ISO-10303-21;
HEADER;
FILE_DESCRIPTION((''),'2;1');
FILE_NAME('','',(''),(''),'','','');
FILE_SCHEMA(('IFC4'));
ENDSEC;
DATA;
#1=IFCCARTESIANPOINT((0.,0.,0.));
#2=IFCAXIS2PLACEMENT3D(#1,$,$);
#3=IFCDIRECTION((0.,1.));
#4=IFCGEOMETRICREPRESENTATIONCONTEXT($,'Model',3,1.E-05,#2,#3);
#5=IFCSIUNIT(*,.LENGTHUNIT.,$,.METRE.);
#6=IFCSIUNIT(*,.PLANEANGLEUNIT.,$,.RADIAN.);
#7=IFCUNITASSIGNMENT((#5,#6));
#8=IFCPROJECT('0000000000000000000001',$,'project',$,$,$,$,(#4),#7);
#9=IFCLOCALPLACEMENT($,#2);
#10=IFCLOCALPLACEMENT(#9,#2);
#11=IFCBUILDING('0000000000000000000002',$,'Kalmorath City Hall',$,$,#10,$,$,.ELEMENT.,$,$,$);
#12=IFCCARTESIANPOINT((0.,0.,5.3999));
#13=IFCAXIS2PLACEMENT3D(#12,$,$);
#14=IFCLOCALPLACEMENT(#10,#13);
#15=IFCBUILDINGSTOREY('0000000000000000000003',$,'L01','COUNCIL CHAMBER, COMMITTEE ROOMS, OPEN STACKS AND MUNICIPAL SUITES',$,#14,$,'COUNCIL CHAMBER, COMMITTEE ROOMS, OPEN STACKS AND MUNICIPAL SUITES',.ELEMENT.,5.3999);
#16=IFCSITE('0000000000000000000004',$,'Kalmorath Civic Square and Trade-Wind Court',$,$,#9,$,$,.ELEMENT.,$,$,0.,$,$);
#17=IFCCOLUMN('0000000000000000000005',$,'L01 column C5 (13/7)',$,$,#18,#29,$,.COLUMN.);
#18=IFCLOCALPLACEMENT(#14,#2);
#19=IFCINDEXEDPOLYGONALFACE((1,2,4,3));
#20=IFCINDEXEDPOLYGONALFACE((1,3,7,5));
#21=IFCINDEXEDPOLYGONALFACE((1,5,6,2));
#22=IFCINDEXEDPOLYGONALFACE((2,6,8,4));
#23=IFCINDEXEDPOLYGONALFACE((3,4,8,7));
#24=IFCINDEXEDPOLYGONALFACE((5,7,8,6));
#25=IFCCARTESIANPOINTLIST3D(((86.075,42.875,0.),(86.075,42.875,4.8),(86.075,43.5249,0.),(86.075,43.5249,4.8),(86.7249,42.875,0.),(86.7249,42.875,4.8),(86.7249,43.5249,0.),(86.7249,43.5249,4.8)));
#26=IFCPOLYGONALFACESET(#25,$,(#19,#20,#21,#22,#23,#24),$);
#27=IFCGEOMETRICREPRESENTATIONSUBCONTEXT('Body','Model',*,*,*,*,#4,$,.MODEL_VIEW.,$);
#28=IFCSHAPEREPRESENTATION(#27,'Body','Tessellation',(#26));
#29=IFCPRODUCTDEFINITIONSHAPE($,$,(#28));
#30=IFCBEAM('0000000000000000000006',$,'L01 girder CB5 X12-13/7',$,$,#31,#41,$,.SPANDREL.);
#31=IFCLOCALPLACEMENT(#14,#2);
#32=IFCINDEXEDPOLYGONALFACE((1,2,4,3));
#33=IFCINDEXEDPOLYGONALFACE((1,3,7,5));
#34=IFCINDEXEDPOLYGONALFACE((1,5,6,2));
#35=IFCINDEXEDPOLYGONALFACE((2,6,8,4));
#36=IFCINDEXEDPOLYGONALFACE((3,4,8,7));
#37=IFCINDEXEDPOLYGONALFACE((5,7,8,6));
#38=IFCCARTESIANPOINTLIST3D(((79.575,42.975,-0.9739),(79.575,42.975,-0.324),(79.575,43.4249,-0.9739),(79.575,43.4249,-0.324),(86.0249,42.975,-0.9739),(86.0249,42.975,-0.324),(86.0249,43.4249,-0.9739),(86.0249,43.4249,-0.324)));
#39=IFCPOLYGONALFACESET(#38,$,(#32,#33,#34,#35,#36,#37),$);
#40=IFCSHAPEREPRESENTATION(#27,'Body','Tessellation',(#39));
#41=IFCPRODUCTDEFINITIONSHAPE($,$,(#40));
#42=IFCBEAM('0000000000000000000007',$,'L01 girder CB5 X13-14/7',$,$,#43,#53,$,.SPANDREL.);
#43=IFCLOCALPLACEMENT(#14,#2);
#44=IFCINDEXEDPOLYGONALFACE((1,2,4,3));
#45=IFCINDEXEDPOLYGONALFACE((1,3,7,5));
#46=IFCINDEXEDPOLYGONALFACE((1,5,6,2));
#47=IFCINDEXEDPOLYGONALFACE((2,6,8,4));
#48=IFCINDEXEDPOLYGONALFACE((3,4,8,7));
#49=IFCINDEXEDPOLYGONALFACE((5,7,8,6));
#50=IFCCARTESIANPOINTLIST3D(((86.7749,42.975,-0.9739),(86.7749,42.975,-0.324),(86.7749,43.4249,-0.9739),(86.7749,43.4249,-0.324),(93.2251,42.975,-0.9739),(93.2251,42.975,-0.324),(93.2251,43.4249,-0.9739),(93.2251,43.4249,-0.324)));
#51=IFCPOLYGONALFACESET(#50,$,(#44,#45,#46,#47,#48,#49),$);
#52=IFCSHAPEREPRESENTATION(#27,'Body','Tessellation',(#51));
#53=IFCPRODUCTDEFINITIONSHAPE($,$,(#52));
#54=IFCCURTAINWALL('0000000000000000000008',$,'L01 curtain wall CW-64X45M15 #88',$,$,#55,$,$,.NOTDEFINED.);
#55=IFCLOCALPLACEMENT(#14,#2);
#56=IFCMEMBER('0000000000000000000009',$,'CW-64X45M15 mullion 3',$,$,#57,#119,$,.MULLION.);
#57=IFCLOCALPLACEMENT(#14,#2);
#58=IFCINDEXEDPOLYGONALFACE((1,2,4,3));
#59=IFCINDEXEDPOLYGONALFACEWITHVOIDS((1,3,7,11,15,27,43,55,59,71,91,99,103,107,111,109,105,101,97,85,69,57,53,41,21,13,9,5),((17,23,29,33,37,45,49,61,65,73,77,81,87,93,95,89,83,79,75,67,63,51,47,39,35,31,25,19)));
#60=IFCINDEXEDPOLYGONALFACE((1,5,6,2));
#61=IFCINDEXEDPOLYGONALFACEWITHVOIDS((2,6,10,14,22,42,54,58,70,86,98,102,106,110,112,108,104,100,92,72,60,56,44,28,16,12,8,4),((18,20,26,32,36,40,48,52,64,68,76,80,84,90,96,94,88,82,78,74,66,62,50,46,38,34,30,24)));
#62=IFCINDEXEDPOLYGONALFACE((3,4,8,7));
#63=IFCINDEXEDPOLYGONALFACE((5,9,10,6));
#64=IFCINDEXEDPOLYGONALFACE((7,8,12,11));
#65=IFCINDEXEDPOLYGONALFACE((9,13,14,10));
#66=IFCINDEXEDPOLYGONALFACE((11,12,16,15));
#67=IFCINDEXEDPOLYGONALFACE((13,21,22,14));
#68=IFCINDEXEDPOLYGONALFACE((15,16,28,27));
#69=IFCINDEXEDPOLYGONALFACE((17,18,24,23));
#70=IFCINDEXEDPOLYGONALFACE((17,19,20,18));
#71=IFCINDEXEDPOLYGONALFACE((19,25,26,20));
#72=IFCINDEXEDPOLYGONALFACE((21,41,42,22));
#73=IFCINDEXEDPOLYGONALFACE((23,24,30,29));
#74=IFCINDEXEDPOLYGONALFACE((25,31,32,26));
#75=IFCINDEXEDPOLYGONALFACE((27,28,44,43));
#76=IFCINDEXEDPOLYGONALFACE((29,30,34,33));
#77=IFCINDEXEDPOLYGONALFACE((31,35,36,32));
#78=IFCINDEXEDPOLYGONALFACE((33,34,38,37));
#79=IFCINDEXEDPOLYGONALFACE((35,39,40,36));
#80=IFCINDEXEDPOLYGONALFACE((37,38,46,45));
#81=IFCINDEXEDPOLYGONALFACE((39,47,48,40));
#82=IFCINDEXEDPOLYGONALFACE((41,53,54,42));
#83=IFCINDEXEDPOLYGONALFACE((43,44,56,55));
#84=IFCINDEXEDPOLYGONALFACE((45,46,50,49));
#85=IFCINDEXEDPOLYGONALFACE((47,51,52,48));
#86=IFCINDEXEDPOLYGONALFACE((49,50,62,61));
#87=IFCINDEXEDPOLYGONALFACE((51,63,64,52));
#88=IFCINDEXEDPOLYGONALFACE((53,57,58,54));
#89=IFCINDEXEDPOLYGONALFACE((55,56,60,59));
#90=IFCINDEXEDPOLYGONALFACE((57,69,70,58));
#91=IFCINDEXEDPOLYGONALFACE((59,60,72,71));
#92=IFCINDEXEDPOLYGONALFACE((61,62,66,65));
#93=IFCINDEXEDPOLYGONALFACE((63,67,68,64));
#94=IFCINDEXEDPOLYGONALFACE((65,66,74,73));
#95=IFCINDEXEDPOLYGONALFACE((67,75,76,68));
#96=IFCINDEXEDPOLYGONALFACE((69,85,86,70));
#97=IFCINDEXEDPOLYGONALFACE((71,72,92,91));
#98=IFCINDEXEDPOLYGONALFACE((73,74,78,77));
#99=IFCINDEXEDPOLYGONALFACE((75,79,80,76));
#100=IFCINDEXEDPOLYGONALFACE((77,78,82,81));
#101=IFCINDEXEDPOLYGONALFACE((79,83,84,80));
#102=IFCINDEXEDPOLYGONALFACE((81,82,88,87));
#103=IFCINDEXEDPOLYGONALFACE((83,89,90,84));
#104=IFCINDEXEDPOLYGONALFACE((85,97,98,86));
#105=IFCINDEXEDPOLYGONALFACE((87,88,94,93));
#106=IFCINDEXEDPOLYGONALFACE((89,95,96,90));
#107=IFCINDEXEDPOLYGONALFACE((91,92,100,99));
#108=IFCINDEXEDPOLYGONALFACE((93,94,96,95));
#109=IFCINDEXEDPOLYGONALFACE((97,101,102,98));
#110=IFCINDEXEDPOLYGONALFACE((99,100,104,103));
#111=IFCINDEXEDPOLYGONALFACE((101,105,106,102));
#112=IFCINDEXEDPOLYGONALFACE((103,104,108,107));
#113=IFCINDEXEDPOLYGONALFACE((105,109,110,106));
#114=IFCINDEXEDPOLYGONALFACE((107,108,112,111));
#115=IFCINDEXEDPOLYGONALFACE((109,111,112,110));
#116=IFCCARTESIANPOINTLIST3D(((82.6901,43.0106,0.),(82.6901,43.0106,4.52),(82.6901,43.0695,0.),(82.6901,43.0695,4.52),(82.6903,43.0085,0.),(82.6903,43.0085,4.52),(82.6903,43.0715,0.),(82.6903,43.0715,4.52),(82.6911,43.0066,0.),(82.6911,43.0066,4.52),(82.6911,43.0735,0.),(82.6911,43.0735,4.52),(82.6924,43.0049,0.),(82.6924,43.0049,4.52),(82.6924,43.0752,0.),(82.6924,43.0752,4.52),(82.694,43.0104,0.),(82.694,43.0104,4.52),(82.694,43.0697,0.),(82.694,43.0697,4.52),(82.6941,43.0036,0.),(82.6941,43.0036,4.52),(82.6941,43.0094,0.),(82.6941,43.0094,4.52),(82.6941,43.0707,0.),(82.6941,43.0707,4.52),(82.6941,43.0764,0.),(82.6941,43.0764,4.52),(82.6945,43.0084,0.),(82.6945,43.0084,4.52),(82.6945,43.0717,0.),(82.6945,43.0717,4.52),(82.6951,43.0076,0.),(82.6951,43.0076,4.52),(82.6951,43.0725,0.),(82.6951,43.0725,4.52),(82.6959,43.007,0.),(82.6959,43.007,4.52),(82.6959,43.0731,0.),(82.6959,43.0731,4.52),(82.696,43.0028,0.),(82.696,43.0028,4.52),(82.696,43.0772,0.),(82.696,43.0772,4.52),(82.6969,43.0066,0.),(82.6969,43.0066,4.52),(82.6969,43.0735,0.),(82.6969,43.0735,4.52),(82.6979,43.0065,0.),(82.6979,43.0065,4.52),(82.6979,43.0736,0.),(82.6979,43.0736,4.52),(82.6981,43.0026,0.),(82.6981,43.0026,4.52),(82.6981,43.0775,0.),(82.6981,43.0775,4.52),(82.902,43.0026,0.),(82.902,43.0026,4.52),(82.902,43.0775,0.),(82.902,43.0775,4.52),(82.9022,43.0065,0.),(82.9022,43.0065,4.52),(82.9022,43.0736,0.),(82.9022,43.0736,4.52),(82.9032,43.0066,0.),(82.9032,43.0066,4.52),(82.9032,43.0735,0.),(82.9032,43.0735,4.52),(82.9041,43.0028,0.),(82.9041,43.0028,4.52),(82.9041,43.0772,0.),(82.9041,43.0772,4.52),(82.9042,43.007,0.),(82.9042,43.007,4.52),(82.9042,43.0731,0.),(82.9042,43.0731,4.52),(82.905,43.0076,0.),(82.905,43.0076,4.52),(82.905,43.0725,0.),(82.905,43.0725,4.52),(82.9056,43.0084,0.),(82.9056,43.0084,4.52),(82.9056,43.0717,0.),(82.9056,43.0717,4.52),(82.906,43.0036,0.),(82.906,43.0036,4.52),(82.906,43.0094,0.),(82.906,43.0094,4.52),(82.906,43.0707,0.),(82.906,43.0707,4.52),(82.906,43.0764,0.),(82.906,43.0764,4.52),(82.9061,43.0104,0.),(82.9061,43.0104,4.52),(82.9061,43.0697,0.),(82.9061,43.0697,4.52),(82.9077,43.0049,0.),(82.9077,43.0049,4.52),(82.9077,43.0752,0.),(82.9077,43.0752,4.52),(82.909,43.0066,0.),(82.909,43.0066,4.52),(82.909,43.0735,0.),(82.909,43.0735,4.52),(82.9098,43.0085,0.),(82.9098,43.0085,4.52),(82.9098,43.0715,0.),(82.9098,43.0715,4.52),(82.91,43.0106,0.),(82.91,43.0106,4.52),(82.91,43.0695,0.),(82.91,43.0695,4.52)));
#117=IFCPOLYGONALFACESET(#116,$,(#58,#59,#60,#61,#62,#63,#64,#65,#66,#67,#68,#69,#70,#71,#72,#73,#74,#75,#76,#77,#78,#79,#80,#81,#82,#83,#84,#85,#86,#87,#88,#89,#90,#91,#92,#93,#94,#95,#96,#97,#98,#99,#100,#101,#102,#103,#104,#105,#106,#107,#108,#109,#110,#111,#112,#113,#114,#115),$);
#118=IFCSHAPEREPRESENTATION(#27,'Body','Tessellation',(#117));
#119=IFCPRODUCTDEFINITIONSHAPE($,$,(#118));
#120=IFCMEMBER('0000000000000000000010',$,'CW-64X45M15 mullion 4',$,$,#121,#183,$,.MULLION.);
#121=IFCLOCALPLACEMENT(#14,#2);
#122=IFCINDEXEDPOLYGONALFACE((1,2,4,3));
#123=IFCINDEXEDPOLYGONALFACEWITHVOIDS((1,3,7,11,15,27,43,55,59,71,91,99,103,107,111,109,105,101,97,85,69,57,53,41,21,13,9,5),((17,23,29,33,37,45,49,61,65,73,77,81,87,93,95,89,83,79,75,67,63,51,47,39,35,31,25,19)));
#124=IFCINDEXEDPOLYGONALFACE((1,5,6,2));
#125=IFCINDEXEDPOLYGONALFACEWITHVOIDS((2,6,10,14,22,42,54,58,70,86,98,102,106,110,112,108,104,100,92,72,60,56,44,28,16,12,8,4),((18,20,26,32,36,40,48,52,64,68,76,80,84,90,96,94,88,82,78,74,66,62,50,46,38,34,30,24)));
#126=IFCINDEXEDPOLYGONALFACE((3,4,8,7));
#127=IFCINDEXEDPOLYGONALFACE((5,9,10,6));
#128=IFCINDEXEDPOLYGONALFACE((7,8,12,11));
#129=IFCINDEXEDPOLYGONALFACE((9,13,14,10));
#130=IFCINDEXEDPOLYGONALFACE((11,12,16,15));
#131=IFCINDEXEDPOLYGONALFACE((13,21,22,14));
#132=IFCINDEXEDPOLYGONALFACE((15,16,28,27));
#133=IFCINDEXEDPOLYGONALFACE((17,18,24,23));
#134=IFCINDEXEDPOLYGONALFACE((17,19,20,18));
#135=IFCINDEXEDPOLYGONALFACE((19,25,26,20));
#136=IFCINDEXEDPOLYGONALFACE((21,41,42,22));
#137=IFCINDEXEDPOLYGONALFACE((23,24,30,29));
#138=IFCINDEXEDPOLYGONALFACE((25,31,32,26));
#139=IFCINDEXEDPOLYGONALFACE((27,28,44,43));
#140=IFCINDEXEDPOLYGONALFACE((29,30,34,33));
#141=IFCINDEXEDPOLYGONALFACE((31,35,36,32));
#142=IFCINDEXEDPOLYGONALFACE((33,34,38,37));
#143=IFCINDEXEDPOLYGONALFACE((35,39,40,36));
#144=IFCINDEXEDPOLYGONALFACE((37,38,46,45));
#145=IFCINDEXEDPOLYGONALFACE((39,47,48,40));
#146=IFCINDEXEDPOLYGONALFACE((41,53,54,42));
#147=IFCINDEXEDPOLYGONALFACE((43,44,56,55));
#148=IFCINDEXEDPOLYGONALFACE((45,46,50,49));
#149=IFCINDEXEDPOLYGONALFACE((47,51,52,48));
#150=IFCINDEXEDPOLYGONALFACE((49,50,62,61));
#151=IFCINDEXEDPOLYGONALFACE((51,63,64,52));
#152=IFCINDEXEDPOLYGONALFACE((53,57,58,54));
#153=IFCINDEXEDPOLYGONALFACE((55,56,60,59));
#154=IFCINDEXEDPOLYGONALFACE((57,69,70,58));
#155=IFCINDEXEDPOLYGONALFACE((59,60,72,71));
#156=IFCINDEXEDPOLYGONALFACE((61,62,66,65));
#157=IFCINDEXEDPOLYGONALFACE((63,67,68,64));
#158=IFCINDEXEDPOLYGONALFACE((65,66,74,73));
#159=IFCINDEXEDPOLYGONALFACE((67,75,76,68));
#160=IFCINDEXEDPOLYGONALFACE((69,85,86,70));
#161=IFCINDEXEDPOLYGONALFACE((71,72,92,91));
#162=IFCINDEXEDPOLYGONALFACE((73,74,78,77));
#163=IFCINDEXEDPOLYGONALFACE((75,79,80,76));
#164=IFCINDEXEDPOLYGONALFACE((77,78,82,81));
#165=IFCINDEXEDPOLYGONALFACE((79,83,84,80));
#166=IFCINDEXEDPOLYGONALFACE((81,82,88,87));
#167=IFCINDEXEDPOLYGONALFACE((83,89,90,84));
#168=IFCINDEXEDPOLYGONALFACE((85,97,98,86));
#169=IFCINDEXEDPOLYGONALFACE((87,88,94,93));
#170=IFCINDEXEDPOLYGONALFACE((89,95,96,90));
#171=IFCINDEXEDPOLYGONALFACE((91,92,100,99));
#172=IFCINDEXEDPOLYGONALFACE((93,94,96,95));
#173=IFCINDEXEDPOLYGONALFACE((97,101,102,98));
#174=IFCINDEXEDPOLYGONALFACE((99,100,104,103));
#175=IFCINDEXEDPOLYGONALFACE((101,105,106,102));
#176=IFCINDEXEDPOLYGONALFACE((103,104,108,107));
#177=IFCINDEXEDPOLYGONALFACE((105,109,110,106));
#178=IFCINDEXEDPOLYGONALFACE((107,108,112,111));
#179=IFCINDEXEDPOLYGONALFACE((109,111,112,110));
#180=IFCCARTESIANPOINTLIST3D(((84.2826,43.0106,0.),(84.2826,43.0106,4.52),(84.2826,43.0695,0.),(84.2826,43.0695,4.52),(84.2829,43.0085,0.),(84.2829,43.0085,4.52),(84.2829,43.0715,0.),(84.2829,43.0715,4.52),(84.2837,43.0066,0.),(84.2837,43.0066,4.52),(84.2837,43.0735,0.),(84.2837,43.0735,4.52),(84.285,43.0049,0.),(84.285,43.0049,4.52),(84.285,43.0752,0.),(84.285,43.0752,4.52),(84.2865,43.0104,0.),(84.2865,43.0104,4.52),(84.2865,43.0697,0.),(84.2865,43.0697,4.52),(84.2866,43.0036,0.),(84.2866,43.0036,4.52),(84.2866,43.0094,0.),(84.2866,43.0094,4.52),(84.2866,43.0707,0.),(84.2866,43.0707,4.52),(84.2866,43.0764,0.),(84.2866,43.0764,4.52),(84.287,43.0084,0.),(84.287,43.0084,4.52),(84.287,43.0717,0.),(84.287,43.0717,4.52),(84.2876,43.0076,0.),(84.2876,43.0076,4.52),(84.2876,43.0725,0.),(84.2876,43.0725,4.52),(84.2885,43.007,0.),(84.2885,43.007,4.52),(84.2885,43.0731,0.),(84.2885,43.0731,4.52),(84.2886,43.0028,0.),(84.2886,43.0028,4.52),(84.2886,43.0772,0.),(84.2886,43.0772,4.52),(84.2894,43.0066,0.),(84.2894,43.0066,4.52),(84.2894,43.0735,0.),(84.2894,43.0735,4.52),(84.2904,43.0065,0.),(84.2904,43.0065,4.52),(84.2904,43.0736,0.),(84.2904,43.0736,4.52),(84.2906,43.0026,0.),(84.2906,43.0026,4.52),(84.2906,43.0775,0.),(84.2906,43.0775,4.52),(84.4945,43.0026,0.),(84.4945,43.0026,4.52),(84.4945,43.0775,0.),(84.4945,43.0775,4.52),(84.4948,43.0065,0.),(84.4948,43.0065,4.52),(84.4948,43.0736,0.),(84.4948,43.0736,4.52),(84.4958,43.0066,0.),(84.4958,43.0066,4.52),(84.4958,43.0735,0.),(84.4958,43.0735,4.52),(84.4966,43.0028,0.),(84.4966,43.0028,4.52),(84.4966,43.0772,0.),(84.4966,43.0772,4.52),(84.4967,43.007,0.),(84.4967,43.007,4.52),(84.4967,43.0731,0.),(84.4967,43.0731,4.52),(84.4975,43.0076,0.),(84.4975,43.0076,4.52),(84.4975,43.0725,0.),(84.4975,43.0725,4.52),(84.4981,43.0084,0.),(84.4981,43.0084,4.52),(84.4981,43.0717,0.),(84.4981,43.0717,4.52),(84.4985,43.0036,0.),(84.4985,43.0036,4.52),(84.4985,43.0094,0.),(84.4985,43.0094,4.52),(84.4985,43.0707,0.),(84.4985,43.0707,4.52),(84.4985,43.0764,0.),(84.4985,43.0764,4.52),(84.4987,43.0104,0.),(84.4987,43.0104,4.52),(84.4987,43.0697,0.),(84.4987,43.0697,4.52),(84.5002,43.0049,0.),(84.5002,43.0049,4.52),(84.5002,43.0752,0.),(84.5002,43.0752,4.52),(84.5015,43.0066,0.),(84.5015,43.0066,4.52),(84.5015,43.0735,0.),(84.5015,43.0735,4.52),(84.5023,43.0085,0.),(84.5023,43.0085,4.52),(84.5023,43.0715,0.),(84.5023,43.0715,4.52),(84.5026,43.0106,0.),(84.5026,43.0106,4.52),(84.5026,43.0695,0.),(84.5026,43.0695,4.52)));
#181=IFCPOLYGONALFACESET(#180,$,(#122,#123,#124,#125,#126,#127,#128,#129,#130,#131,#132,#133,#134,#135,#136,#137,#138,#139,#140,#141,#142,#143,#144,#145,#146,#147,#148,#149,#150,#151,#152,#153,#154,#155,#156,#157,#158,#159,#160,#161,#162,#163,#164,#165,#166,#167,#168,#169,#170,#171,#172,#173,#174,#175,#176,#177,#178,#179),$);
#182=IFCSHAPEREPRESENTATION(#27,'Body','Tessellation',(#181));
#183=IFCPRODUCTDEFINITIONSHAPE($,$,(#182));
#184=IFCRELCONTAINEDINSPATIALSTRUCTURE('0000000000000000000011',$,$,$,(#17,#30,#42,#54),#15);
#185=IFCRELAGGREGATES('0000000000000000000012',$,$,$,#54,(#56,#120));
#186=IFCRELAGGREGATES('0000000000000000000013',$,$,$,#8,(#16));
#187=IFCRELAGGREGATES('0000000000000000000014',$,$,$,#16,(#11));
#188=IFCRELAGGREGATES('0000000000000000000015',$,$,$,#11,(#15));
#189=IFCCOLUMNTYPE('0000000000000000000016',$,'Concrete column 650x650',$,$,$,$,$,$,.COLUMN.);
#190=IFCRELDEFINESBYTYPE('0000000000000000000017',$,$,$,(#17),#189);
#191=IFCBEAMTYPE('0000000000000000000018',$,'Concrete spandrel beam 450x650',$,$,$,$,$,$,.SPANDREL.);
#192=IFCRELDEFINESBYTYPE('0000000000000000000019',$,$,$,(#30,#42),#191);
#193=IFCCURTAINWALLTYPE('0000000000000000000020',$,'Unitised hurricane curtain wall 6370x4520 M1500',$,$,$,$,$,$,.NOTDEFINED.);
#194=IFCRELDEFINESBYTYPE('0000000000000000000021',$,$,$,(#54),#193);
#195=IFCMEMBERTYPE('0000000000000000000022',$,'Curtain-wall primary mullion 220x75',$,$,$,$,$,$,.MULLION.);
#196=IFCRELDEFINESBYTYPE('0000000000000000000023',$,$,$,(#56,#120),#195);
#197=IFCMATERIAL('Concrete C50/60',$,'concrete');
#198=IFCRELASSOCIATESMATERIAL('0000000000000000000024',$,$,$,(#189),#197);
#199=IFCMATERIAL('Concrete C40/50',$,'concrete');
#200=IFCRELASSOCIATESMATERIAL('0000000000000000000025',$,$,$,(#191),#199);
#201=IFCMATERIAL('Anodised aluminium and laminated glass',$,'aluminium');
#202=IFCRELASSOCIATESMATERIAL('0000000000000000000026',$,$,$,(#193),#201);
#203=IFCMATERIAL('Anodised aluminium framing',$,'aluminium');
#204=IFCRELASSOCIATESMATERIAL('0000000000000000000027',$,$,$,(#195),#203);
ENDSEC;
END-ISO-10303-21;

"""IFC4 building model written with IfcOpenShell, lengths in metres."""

from ifc_helpers import new_model, si_unit, direction, frame, origin, origin_2d, place, context, subcontext, project, spatial, rectangle, hollow_rectangle, extrude, material, material_profile, profile_set, type_object, element, aggregate, save


model = new_model("IFC4")

# Units and contexts
model_context = context("Model", 3, precision=1e-05, world=origin(), true_north=direction((0.0, 1.0)))
body_context = subcontext(model_context, "Body", "Model", "MODEL_VIEW")
ifc_project = project(units=[si_unit("LENGTHUNIT", "METRE"), si_unit("PLANEANGLEUNIT", "RADIAN")], contexts=[model_context])

# Site, building, storey
site_placement = place(None, origin())
site = spatial("IfcSite", under=ifc_project, at=site_placement, Name="Kalmorath Civic Square and Trade-Wind Court", CompositionType="ELEMENT", RefElevation=0.0)
building_placement = place(site_placement, origin())
building = spatial("IfcBuilding", under=site, at=building_placement, Name="Kalmorath City Hall", CompositionType="ELEMENT")
storey_placement = place(building_placement, frame((0.0, 0.0, 5.3999)))
storey = spatial("IfcBuildingStorey", under=building, at=storey_placement, Name="L01", Description="COUNCIL CHAMBER, COMMITTEE ROOMS, OPEN STACKS AND MUNICIPAL SUITES", LongName="COUNCIL CHAMBER, COMMITTEE ROOMS, OPEN STACKS AND MUNICIPAL SUITES", CompositionType="ELEMENT", Elevation=5.3999)

# Column
ifc_material_1 = material(Name="Concrete C50/60", Category="concrete")
ifc_material_profile_1 = material_profile(ifc_material_1, rectangle(XDim=0.6499, YDim=0.6499, at=origin_2d()), Name="RC-COL-650X650")
ifc_profile_set_1 = profile_set([ifc_material_profile_1], Name="Concrete C50/60")
column_type = type_object("IfcColumnType", Name="Concrete column 650x650", PredefinedType="COLUMN", material=ifc_profile_set_1)
column_placement = place(storey_placement, frame((86.3999, 43.2, 0.0), z_axis=(0.0, 0.0, 1.0), x_axis=(1.0, 0.0, 0.0)))
element("IfcColumn", 1, at=column_placement, inside=storey, type_object=column_type, Name="L01 column C5 (13/7)", PredefinedType="COLUMN", context=body_context, shape_type="SweptSolid", body=[
    extrude(rectangle(XDim=0.6499, YDim=0.6499, at=origin_2d()), origin(), (0.0, 0.0, 1.0), 4.8),
])

# Beams
ifc_material_2 = material(Name="Concrete C40/50", Category="concrete")
ifc_material_profile_2 = material_profile(ifc_material_2, rectangle(XDim=0.45, YDim=0.6499, at=origin_2d()), Name="RC-BM-450X650")
ifc_profile_set_2 = profile_set([ifc_material_profile_2], Name="Concrete C40/50")
beam_type = type_object("IfcBeamType", Name="Concrete spandrel beam 450x650", PredefinedType="SPANDREL", material=ifc_profile_set_2)
beam_1_placement = place(storey_placement, frame((79.575, 43.2, -0.6489), z_axis=(1.0, 0.0, 0.0), x_axis=(0.0, 1.0, 0.0)))
element("IfcBeam", 2, at=beam_1_placement, inside=storey, type_object=beam_type, Name="L01 girder CB5 X12-13/7", PredefinedType="SPANDREL", context=body_context, shape_type="SweptSolid", body=[
    extrude(rectangle(XDim=0.45, YDim=0.6499, at=origin_2d()), origin(), (0.0, 0.0, 1.0), 6.45),
])
beam_2_placement = place(storey_placement, frame((86.7749, 43.2, -0.6489), z_axis=(1.0, 0.0, 0.0), x_axis=(0.0, 1.0, 0.0)))
element("IfcBeam", 3, at=beam_2_placement, inside=storey, type_object=beam_type, Name="L01 girder CB5 X13-14/7", PredefinedType="SPANDREL", context=body_context, shape_type="SweptSolid", body=[
    extrude(rectangle(XDim=0.45, YDim=0.6499, at=origin_2d()), origin(), (0.0, 0.0, 1.0), 6.4502),
])

# Curtain wall, members
ifc_material_3 = material(Name="Anodised aluminium and laminated glass", Category="aluminium")
curtain_wall_type_1 = type_object("IfcCurtainWallType", Name="Unitised hurricane curtain wall 6370x4520 M1500", PredefinedType="NOTDEFINED", material=ifc_material_3)
curtain_wall_1_placement = place(storey_placement, origin())
curtain_wall_1 = element("IfcCurtainWall", 4, at=curtain_wall_1_placement, inside=storey, type_object=curtain_wall_type_1, Name="L01 curtain wall CW-64X45M15 #88", PredefinedType="NOTDEFINED")
ifc_material_4 = material(Name="Anodised aluminium framing", Category="aluminium")
ifc_material_profile_3 = material_profile(ifc_material_4, hollow_rectangle(XDim=0.075, YDim=0.22, WallThickness=0.0039, InnerFilletRadius=0.0039, OuterFilletRadius=0.0081, at=origin_2d()), Name="ALU-MUL-220X75X4")
ifc_profile_set_3 = profile_set([ifc_material_profile_3], Name="Anodised aluminium framing")
member_type_1 = type_object("IfcMemberType", Name="Curtain-wall primary mullion 220x75", PredefinedType="MULLION", material=ifc_profile_set_3)
member_1_placement = place(storey_placement, frame((82.8, 43.04, 0.0), z_axis=(0.0, 0.0, 1.0), x_axis=(0.0, 1.0, 0.0)))
member_1 = element("IfcMember", 5, at=member_1_placement, type_object=member_type_1, Name="CW-64X45M15 mullion 3", PredefinedType="MULLION", context=body_context, shape_type="SweptSolid", body=[
    extrude(hollow_rectangle(XDim=0.075, YDim=0.22, WallThickness=0.0039, InnerFilletRadius=0.0039, OuterFilletRadius=0.0081, at=origin_2d()), origin(), (0.0, 0.0, 1.0), 4.52),
])
member_2_placement = place(storey_placement, frame((84.3926, 43.04, 0.0), z_axis=(0.0, 0.0, 1.0), x_axis=(0.0, 1.0, 0.0)))
member_2 = element("IfcMember", 6, at=member_2_placement, type_object=member_type_1, Name="CW-64X45M15 mullion 4", PredefinedType="MULLION", context=body_context, shape_type="SweptSolid", body=[
    extrude(hollow_rectangle(XDim=0.075, YDim=0.22, WallThickness=0.0039, InnerFilletRadius=0.0039, OuterFilletRadius=0.0081, at=origin_2d()), origin(), (0.0, 0.0, 1.0), 4.52),
])

aggregate(curtain_wall_1, [member_1, member_2])

save(model, "model.ifc")
